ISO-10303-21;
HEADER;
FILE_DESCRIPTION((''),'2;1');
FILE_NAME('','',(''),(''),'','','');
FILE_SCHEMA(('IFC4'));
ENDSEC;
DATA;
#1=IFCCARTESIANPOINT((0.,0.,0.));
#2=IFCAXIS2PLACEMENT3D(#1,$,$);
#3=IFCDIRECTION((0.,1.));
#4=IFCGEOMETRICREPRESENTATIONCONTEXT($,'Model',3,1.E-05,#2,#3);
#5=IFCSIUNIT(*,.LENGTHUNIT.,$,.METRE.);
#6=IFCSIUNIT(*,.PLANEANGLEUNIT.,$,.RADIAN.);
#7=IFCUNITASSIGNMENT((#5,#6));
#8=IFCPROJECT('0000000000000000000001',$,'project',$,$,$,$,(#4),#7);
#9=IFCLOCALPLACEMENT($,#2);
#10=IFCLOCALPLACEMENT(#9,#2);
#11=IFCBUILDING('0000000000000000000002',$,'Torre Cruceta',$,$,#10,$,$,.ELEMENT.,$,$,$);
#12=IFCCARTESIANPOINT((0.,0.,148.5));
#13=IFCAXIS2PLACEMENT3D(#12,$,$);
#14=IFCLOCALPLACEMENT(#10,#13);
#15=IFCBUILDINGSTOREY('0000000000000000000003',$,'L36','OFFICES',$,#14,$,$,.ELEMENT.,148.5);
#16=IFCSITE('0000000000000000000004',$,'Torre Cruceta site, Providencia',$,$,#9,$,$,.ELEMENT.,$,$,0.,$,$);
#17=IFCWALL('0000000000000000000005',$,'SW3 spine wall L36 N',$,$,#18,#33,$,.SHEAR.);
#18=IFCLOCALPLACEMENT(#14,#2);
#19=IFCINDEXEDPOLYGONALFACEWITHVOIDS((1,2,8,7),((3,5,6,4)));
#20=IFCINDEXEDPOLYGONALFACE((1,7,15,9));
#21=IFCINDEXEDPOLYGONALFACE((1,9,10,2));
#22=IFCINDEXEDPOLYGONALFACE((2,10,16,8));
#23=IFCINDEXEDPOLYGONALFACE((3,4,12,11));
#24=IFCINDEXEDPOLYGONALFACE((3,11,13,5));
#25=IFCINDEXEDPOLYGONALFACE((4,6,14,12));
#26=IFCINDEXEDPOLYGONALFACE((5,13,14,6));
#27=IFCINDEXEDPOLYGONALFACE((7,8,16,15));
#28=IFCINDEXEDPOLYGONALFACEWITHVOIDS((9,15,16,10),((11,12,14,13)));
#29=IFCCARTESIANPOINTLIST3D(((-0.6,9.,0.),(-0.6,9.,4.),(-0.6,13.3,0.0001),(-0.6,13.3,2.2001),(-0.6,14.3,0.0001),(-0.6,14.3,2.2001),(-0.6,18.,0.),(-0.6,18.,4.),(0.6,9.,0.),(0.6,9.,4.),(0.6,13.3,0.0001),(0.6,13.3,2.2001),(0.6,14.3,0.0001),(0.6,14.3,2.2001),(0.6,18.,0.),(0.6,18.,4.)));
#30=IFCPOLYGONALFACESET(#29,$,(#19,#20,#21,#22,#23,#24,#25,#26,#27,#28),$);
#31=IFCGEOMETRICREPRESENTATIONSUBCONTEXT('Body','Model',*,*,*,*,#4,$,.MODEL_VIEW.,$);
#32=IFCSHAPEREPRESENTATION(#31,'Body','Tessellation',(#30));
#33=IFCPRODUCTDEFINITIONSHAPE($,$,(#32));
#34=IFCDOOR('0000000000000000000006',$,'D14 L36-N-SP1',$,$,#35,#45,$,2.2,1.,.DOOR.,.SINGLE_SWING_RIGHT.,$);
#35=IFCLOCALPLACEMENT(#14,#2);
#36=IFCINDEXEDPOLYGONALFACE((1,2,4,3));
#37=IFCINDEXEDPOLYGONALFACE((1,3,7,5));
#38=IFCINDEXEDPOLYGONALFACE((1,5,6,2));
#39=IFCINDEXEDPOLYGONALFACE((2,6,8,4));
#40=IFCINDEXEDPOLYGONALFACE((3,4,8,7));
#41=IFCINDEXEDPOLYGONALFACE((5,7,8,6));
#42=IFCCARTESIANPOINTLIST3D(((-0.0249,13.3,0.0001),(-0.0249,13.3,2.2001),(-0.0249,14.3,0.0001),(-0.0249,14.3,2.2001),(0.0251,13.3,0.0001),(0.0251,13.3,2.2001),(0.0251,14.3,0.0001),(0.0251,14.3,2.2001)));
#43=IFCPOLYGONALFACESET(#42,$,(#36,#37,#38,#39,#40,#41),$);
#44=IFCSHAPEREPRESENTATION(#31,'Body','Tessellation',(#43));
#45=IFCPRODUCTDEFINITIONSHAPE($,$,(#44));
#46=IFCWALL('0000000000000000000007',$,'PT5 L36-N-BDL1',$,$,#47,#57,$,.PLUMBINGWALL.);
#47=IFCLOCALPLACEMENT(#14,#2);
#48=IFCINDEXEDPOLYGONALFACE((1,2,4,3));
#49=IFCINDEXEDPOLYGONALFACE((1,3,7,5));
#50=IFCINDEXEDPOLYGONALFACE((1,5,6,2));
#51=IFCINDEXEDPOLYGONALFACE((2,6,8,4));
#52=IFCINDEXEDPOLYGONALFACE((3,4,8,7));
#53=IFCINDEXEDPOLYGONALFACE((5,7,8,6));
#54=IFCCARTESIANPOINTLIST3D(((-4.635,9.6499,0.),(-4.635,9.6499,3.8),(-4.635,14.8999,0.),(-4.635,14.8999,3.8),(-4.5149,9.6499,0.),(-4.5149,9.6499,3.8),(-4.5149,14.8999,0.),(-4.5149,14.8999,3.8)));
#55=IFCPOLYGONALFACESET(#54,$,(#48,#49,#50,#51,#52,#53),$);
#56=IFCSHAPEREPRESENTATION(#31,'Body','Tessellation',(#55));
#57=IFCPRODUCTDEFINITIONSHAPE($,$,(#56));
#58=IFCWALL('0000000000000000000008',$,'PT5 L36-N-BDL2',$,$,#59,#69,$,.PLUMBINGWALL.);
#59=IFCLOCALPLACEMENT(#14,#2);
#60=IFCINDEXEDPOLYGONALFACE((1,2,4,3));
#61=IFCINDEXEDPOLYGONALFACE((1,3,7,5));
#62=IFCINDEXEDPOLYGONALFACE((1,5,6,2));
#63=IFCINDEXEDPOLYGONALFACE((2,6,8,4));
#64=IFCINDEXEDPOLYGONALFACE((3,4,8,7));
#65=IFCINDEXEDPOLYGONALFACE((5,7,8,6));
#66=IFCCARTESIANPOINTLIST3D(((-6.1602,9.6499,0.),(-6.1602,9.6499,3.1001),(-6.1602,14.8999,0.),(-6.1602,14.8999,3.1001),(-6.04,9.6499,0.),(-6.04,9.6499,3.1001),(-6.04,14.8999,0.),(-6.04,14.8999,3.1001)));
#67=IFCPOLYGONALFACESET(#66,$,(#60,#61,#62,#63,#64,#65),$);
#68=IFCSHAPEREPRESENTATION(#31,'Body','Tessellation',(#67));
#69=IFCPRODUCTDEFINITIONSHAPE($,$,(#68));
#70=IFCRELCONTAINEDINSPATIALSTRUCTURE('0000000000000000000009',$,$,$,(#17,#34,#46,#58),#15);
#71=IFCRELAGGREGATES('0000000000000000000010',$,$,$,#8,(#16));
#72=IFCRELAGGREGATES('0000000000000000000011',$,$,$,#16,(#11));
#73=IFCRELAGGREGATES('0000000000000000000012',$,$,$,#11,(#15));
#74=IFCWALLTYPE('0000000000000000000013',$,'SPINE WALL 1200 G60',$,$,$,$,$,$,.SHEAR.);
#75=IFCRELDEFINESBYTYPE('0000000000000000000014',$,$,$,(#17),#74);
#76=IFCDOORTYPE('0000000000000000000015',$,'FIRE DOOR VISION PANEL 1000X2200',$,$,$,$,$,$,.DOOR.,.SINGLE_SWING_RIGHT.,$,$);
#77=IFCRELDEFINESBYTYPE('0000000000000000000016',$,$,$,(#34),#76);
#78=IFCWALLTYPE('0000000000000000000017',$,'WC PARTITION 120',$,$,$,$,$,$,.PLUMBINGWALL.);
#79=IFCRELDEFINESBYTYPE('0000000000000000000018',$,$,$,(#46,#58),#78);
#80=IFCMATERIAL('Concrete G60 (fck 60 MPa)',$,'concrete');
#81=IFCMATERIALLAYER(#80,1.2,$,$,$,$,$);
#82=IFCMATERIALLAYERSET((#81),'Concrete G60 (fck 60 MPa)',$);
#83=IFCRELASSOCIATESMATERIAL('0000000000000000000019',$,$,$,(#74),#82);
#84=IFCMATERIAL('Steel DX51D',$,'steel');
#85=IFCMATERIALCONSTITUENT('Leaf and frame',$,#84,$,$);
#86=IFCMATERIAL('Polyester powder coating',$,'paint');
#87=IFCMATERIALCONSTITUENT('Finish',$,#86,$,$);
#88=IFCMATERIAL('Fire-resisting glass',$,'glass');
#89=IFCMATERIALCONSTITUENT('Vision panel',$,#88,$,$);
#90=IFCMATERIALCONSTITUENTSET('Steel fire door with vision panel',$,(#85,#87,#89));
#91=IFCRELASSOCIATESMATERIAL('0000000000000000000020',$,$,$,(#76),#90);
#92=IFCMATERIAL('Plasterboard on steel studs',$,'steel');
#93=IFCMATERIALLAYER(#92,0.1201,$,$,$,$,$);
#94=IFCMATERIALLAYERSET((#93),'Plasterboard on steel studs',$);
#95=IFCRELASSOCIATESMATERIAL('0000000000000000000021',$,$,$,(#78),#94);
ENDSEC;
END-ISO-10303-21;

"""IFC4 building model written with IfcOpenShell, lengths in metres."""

from ifc_helpers import new_model, si_unit, direction, frame, frame_2d, origin, place, context, subcontext, project, spatial, rectangle, extrude, material, layer, layer_set, constituent, constituent_set, type_object, element, fill, save


model = new_model("IFC4")

# Units and contexts
model_context = context("Model", 3, precision=1e-05, world=origin(), true_north=direction((0.0, 1.0)))
body_context = subcontext(model_context, "Body", "Model", "MODEL_VIEW")
ifc_project = project(units=[si_unit("LENGTHUNIT", "METRE"), si_unit("PLANEANGLEUNIT", "RADIAN")], contexts=[model_context])

# Site, building, storey
site_placement = place(None, origin())
site = spatial("IfcSite", under=ifc_project, at=site_placement, Name="Torre Cruceta site, Providencia", CompositionType="ELEMENT", RefElevation=0.0)
building_placement = place(site_placement, origin())
building = spatial("IfcBuilding", under=site, at=building_placement, Name="Torre Cruceta", CompositionType="ELEMENT")
storey_placement = place(building_placement, frame((0.0, 0.0, 148.5)))
storey = spatial("IfcBuildingStorey", under=building, at=storey_placement, Name="L36", Description="OFFICES", CompositionType="ELEMENT", Elevation=148.5)

# Wall, opening, door
ifc_material_1 = material(Name="Concrete G60 (fck 60 MPa)", Category="concrete")
ifc_layer_1 = layer(ifc_material_1, 1.2)
ifc_layer_set_1 = layer_set([ifc_layer_1], Name="Concrete G60 (fck 60 MPa)")
wall_type_1 = type_object("IfcWallType", Name="SPINE WALL 1200 G60", PredefinedType="SHEAR", material=ifc_layer_set_1)
wall_1_placement = place(storey_placement, frame((0.0, 9.0, 0.0), z_axis=(0.0, 0.0, 1.0), x_axis=(0.0, 1.0, 0.0)))
wall_1 = element("IfcWall", 1, at=wall_1_placement, inside=storey, type_object=wall_type_1, Name="SW3 spine wall L36 N", PredefinedType="SHEAR", context=body_context, shape_type="SweptSolid", body=[
    extrude(rectangle(XDim=9.0, YDim=1.2, at=frame_2d((4.5, 0.0))), origin(), (0.0, 0.0, 1.0), 4.0),
])
opening_1_placement = place(wall_1_placement, frame((4.3, 0.0, 0.0)))
opening_1 = element("IfcOpeningElement", 2, at=opening_1_placement, cuts=wall_1, PredefinedType="OPENING", context=body_context, shape_type="SweptSolid", body=[
    extrude(rectangle(XDim=1.0, YDim=2.2, at=frame_2d((0.5, 1.1001))), frame((0.0, 0.6099, 0.0), z_axis=(0.0, -1.0, 0.0), x_axis=(1.0, 0.0, 0.0)), (0.0, 0.0, 1.0), 1.22),
])
ifc_material_2 = material(Name="Steel DX51D", Category="steel")
ifc_constituent_1 = constituent(ifc_material_2, Name="Leaf and frame")
ifc_material_3 = material(Name="Polyester powder coating", Category="paint")
ifc_constituent_2 = constituent(ifc_material_3, Name="Finish")
ifc_material_4 = material(Name="Fire-resisting glass", Category="glass")
ifc_constituent_3 = constituent(ifc_material_4, Name="Vision panel")
ifc_constituent_set_1 = constituent_set(constituents=[ifc_constituent_1, ifc_constituent_2, ifc_constituent_3], Name="Steel fire door with vision panel")
door_type_1 = type_object("IfcDoorType", Name="FIRE DOOR VISION PANEL 1000X2200", OperationType="SINGLE_SWING_RIGHT", PredefinedType="DOOR", material=ifc_constituent_set_1)
door_1_placement = place(opening_1_placement, origin())
door_1 = element("IfcDoor", 3, at=door_1_placement, inside=storey, type_object=door_type_1, Name="D14 L36-N-SP1", OperationType="SINGLE_SWING_RIGHT", OverallHeight=2.2, OverallWidth=1.0, PredefinedType="DOOR", context=body_context, shape_type="SweptSolid", body=[
    extrude(rectangle(XDim=1.0, YDim=2.2, at=frame_2d((0.5, 1.1001))), frame((0.0, 0.0249, 0.0), z_axis=(0.0, -1.0, 0.0), x_axis=(1.0, 0.0, 0.0)), (0.0, 0.0, 1.0), 0.05),
])
fill(opening_1, door_1)

# Walls
ifc_material_5 = material(Name="Plasterboard on steel studs", Category="steel")
ifc_layer_2 = layer(ifc_material_5, 0.1201)
ifc_layer_set_2 = layer_set([ifc_layer_2], Name="Plasterboard on steel studs")
wall_type_2 = type_object("IfcWallType", Name="WC PARTITION 120", PredefinedType="PLUMBINGWALL", material=ifc_layer_set_2)
wall_2_placement = place(storey_placement, frame((-4.575, 9.6499, 0.0), z_axis=(0.0, 0.0, 1.0), x_axis=(0.0, 1.0, 0.0)))
element("IfcWall", 4, at=wall_2_placement, inside=storey, type_object=wall_type_2, Name="PT5 L36-N-BDL1", PredefinedType="PLUMBINGWALL", context=body_context, shape_type="SweptSolid", body=[
    extrude(rectangle(XDim=5.25, YDim=0.1201, at=frame_2d((2.625, 0.0))), origin(), (0.0, 0.0, 1.0), 3.8),
])
wall_3_placement = place(storey_placement, frame((-6.1001, 9.6499, 0.0), z_axis=(0.0, 0.0, 1.0), x_axis=(0.0, 1.0, 0.0)))
element("IfcWall", 5, at=wall_3_placement, inside=storey, type_object=wall_type_2, Name="PT5 L36-N-BDL2", PredefinedType="PLUMBINGWALL", context=body_context, shape_type="SweptSolid", body=[
    extrude(rectangle(XDim=5.25, YDim=0.1201, at=frame_2d((2.625, 0.0))), origin(), (0.0, 0.0, 1.0), 3.1001),
])

save(model, "model.ifc")
